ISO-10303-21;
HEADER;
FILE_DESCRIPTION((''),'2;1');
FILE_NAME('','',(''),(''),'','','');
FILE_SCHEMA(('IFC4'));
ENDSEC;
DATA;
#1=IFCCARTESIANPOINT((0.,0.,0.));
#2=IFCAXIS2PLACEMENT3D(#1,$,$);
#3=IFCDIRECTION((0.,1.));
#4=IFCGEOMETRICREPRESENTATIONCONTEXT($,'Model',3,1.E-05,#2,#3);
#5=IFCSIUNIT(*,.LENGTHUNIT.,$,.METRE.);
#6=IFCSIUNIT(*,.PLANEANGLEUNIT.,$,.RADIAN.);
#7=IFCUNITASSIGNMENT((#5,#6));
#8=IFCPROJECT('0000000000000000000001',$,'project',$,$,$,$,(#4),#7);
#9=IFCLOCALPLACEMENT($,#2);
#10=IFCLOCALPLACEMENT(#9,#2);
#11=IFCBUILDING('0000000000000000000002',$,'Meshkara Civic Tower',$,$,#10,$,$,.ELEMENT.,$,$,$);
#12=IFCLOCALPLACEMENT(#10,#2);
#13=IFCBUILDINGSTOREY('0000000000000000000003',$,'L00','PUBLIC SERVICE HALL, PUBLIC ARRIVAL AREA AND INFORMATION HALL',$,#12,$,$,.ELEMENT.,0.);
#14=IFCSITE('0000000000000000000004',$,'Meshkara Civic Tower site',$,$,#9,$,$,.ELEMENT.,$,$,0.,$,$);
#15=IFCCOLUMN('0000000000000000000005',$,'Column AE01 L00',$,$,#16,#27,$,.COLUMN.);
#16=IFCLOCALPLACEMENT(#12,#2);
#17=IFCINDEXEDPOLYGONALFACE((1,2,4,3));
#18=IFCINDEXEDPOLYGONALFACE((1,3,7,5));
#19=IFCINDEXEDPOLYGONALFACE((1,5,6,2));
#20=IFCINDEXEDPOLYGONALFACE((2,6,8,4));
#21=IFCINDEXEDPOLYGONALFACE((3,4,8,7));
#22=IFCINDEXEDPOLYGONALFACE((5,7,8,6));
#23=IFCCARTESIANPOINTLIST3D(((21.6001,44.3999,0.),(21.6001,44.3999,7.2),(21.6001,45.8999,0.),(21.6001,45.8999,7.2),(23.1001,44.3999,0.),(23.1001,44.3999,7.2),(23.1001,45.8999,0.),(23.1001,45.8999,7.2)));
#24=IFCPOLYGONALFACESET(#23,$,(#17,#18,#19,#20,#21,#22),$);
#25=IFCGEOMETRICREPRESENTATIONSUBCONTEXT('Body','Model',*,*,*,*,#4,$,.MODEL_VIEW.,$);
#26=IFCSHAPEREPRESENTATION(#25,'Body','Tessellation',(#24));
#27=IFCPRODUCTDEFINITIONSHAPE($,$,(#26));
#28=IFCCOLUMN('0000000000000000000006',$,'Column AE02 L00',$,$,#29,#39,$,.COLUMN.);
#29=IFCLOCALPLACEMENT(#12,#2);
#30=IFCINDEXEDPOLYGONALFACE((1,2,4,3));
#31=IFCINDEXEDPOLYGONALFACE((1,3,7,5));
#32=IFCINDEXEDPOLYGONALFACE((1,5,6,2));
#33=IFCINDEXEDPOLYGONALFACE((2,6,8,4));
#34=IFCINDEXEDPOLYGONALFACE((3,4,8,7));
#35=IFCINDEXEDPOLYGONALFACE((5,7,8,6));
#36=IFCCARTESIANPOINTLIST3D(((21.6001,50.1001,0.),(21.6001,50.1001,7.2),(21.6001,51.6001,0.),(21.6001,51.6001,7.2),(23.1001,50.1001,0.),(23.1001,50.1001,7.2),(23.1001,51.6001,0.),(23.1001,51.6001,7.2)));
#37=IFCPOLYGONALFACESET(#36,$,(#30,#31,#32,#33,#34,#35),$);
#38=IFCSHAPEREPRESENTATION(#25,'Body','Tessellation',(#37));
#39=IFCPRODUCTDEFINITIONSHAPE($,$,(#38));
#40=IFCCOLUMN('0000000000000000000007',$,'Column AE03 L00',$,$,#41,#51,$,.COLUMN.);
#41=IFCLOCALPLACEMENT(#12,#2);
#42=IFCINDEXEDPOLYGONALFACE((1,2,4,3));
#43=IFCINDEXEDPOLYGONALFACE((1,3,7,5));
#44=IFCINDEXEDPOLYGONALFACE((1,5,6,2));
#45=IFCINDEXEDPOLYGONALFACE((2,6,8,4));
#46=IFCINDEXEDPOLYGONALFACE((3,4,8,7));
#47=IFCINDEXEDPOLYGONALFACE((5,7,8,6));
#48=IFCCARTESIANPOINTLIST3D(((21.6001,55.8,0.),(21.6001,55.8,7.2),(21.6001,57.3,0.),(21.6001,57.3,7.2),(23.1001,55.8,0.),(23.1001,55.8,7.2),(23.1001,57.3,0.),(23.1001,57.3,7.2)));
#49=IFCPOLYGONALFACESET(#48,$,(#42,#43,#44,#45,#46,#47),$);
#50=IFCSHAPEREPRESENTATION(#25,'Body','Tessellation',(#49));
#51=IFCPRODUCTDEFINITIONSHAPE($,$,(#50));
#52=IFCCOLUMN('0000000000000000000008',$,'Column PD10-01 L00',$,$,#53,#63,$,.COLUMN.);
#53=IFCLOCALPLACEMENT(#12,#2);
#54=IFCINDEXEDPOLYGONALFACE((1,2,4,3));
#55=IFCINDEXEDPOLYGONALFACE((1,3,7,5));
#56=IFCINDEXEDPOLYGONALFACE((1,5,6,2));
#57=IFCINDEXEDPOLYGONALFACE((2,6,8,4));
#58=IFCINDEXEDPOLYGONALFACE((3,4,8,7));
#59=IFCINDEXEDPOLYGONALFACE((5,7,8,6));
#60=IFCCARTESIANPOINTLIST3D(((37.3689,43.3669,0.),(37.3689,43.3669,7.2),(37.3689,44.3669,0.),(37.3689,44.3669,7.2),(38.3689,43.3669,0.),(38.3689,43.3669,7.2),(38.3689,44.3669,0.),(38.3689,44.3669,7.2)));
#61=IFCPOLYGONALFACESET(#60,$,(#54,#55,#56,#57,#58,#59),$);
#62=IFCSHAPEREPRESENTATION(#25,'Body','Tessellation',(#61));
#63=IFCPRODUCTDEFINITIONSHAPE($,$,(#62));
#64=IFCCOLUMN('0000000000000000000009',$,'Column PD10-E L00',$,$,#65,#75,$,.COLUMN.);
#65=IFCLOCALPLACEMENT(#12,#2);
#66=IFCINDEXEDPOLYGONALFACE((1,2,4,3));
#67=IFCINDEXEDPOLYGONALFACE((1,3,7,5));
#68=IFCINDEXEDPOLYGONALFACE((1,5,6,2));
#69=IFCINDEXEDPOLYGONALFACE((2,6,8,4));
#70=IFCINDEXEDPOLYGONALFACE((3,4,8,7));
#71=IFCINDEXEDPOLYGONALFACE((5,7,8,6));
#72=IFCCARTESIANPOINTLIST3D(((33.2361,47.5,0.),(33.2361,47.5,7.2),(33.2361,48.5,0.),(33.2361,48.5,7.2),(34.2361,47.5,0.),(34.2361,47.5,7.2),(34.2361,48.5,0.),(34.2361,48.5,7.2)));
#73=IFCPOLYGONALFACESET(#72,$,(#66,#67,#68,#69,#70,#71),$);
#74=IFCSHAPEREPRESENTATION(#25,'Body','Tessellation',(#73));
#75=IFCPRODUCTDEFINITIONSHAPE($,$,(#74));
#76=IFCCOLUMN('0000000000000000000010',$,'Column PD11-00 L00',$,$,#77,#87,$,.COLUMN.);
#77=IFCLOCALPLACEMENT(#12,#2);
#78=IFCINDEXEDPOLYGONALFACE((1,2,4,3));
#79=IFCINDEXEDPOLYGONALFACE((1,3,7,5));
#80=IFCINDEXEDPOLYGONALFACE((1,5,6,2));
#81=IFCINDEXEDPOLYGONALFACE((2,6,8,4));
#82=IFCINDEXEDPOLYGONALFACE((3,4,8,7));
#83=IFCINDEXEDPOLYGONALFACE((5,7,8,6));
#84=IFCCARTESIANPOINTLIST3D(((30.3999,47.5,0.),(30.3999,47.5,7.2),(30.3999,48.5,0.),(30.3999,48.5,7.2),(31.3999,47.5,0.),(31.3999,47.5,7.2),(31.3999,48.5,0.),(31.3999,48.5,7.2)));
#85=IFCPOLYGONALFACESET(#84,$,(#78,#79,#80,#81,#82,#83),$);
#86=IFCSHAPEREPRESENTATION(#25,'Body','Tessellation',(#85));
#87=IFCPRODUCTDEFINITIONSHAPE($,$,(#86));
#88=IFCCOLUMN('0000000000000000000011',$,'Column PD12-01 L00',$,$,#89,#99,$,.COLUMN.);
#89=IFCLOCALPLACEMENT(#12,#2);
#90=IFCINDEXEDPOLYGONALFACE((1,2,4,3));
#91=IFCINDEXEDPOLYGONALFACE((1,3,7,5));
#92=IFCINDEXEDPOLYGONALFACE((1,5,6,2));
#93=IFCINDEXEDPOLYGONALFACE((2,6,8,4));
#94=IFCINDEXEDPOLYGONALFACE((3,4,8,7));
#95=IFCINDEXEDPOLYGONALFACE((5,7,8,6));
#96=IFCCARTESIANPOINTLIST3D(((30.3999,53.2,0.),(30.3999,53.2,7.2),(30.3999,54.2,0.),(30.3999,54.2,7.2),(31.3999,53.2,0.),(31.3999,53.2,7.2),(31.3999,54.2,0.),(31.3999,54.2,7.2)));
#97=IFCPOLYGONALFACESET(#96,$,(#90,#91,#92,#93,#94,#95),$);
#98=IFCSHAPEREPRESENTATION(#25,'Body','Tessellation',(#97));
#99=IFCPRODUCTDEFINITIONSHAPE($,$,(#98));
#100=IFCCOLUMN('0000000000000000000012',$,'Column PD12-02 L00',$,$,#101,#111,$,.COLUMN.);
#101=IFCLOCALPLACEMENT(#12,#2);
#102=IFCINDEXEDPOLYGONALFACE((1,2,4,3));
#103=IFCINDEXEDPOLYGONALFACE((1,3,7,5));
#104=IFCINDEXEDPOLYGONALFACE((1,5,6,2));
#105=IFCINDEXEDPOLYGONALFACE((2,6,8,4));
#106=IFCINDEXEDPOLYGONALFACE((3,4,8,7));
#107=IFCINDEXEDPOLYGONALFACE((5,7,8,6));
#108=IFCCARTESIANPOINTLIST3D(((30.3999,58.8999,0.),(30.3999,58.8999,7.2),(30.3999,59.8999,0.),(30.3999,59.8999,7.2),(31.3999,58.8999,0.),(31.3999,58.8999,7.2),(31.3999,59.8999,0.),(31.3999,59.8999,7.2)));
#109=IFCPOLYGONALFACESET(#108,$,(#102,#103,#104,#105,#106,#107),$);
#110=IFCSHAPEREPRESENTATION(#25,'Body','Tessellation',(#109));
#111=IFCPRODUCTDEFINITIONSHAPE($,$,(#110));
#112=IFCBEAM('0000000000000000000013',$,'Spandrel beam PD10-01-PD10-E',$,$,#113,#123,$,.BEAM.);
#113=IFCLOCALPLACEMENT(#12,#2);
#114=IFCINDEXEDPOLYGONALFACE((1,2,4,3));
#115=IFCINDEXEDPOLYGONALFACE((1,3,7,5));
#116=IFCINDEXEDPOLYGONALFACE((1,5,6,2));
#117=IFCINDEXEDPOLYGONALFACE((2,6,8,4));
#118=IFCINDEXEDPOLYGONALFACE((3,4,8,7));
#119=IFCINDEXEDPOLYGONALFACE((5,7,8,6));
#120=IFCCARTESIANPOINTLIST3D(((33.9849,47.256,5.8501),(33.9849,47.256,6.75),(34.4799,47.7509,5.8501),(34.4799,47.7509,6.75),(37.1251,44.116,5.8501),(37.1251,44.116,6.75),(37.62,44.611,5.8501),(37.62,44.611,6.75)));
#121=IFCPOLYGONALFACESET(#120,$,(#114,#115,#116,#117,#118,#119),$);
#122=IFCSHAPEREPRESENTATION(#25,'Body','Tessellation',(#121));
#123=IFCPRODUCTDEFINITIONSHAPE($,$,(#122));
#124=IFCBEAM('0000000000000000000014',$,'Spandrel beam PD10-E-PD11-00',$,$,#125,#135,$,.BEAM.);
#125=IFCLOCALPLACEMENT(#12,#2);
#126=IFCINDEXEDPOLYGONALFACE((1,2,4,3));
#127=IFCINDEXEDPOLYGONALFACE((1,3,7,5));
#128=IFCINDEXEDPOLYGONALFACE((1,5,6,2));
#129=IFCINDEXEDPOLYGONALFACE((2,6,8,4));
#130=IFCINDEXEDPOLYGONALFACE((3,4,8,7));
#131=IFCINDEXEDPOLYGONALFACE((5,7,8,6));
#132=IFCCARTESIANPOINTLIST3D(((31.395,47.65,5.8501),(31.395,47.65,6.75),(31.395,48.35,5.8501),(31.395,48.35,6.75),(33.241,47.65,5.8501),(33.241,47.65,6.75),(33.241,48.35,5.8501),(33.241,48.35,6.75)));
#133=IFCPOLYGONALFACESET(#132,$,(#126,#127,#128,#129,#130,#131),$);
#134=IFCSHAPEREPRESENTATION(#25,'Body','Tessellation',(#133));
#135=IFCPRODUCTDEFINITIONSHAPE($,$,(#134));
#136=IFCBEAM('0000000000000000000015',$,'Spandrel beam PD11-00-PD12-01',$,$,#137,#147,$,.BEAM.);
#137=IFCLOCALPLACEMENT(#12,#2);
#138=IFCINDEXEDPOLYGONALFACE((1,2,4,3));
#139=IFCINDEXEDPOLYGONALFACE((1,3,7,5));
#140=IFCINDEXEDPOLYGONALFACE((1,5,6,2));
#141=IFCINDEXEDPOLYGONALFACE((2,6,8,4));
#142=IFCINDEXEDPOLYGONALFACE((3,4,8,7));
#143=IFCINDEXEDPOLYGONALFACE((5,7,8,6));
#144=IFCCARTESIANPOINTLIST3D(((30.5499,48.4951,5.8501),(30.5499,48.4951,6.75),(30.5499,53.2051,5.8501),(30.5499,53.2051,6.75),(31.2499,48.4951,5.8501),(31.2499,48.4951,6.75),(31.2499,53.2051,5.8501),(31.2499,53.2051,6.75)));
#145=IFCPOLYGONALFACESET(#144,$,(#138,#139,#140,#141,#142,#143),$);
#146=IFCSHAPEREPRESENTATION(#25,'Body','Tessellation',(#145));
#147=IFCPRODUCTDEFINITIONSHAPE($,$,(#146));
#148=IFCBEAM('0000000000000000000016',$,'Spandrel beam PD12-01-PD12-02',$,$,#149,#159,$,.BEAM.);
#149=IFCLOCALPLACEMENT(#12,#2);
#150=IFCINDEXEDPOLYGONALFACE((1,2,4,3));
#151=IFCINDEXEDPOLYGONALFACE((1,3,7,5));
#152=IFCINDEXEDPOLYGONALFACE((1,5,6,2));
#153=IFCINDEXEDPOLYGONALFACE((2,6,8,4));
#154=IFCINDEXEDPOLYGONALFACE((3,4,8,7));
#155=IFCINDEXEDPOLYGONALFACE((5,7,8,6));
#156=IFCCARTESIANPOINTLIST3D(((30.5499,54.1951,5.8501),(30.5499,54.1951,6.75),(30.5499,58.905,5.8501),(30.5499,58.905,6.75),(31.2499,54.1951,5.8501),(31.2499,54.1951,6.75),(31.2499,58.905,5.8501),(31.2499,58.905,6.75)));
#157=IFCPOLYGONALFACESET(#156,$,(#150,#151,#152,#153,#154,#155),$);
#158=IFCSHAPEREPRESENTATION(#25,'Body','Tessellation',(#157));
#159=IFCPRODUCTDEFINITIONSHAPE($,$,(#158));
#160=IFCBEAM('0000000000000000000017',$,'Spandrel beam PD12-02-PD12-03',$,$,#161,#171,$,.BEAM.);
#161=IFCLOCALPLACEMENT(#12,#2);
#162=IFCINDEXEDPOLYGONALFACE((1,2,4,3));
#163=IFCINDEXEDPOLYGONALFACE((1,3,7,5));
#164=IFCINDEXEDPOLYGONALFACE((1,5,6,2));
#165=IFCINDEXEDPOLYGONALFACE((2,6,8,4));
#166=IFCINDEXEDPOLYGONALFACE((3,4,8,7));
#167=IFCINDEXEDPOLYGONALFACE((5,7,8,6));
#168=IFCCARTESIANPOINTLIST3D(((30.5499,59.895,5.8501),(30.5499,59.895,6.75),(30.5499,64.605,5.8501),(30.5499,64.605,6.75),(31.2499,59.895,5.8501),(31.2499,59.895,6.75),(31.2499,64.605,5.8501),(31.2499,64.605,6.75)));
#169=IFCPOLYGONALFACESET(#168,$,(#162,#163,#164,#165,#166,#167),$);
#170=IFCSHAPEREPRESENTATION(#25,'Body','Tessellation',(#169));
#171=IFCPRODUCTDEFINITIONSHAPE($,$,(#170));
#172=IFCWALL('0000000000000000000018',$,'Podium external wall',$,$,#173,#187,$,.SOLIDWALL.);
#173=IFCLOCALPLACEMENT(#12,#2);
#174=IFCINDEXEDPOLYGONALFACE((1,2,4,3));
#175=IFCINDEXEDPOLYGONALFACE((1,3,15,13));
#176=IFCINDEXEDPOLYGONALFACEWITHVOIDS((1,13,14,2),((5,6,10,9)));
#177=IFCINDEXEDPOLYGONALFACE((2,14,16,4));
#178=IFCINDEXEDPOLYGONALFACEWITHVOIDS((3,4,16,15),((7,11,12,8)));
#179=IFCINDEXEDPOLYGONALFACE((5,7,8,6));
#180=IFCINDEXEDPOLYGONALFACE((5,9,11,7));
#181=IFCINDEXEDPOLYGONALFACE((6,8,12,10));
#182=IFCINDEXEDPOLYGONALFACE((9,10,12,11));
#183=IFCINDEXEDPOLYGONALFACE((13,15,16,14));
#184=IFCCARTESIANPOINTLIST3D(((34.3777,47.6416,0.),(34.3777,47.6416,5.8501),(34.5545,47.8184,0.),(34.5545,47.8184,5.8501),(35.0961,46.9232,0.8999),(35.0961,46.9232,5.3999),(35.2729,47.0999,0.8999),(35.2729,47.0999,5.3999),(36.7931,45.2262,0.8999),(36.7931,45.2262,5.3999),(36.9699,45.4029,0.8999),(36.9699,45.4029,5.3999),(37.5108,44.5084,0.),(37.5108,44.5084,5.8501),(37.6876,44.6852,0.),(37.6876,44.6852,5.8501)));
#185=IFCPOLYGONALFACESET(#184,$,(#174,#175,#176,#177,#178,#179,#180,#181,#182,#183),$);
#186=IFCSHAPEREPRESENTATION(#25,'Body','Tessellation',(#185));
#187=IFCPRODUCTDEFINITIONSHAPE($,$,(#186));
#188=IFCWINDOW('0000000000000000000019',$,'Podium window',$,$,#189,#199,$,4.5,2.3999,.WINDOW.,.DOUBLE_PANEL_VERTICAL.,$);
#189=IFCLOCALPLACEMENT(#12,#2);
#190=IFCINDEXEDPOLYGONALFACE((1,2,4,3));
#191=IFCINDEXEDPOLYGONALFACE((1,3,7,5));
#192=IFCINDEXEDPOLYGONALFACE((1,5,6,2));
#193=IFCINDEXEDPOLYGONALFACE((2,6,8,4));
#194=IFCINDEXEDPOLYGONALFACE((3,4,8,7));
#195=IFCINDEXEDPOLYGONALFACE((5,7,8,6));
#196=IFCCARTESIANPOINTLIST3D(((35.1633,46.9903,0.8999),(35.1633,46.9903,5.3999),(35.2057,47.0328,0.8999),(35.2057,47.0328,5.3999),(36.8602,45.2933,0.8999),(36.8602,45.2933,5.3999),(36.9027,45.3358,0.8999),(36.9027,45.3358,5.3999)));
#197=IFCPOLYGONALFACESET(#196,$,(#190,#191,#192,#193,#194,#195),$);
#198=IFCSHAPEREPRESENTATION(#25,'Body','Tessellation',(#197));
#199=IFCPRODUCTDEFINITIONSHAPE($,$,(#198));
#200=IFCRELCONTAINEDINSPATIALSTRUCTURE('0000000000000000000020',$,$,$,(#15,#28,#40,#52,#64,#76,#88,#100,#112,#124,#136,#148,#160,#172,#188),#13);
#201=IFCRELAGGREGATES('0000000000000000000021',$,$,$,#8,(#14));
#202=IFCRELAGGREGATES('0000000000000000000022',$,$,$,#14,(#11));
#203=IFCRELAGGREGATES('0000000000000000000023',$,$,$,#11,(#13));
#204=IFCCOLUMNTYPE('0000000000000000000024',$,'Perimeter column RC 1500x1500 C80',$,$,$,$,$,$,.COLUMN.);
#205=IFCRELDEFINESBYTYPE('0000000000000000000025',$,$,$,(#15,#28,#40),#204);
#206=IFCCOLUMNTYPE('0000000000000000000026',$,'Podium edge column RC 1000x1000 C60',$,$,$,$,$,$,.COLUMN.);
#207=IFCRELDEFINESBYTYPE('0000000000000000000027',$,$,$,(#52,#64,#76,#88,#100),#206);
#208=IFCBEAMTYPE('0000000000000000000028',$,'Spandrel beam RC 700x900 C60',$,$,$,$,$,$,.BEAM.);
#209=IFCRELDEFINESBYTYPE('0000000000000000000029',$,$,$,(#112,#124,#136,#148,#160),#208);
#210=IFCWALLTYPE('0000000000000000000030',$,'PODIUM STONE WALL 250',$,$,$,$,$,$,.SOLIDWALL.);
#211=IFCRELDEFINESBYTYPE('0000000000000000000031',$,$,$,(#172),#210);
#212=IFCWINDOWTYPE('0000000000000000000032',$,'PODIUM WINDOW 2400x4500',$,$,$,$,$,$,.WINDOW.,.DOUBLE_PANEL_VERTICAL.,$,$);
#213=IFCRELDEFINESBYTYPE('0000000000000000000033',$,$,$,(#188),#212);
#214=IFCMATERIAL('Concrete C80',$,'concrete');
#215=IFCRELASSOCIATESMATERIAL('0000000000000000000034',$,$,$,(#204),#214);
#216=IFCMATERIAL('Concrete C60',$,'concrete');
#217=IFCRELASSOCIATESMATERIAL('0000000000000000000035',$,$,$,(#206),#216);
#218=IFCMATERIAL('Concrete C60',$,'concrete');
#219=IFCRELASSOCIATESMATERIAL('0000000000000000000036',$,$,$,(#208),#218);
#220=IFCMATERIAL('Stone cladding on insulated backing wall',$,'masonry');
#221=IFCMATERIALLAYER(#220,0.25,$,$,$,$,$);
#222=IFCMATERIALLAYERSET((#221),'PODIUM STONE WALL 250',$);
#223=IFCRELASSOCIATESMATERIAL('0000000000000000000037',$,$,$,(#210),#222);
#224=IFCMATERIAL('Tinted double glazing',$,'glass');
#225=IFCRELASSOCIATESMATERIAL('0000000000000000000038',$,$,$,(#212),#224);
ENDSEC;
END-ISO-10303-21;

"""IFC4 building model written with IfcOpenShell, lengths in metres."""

from ifc_helpers import new_model, si_unit, direction, frame, frame_2d, origin, origin_2d, place, context, subcontext, project, spatial, rectangle, extrude, material, layer, layer_set, material_profile, profile_set, type_object, element, fill, save


model = new_model("IFC4")

# Units and contexts
model_context = context("Model", 3, precision=1e-05, world=origin(), true_north=direction((0.0, 1.0)))
body_context = subcontext(model_context, "Body", "Model", "MODEL_VIEW")
ifc_project = project(units=[si_unit("LENGTHUNIT", "METRE"), si_unit("PLANEANGLEUNIT", "RADIAN")], contexts=[model_context])

# Site, building, storey
site_placement = place(None, origin())
site = spatial("IfcSite", under=ifc_project, at=site_placement, Name="Meshkara Civic Tower site", CompositionType="ELEMENT", RefElevation=0.0)
building_placement = place(site_placement, origin())
building = spatial("IfcBuilding", under=site, at=building_placement, Name="Meshkara Civic Tower", CompositionType="ELEMENT")
storey_placement = place(building_placement, origin())
storey = spatial("IfcBuildingStorey", under=building, at=storey_placement, Name="L00", Description="PUBLIC SERVICE HALL, PUBLIC ARRIVAL AREA AND INFORMATION HALL", CompositionType="ELEMENT", Elevation=0.0)

# Columns
ifc_material_1 = material(Name="Concrete C80", Category="concrete")
ifc_material_profile_1 = material_profile(ifc_material_1, rectangle(XDim=1.5, YDim=1.5, at=origin_2d()))
ifc_profile_set_1 = profile_set([ifc_material_profile_1], Name="Concrete C80")
column_type_1 = type_object("IfcColumnType", Name="Perimeter column RC 1500x1500 C80", PredefinedType="COLUMN", material=ifc_profile_set_1)
for number, where, z_axis, x_axis, name in (
    (1, (22.3501, 45.1499, 0.0), (0.0, 0.0, 1.0), (1.0, 0.0, 0.0), "Column AE01 L00"),
    (2, (22.3501, 50.8501, 0.0), (0.0, 0.0, 1.0), (1.0, 0.0, 0.0), "Column AE02 L00"),
    (3, (22.3501, 56.55, 0.0), (0.0, 0.0, 1.0), (1.0, 0.0, 0.0), "Column AE03 L00"),
):
    element("IfcColumn", number, at=place(storey_placement, frame(where, z_axis=z_axis, x_axis=x_axis)), inside=storey, type_object=column_type_1, Name=name, PredefinedType="COLUMN", context=body_context, shape_type="SweptSolid", body=[
        extrude(rectangle(XDim=1.5, YDim=1.5, at=origin_2d()), origin(), (0.0, 0.0, 1.0), 7.2),
    ])
ifc_material_2 = material(Name="Concrete C60", Category="concrete")
ifc_material_profile_2 = material_profile(ifc_material_2, rectangle(XDim=1.0, YDim=1.0, at=origin_2d()))
ifc_profile_set_2 = profile_set([ifc_material_profile_2], Name="Concrete C60")
column_type_2 = type_object("IfcColumnType", Name="Podium edge column RC 1000x1000 C60", PredefinedType="COLUMN", material=ifc_profile_set_2)
for number, where, z_axis, x_axis, name in (
    (4, (37.8689, 43.8669, 0.0), (0.0, 0.0, 1.0), (1.0, 0.0, 0.0), "Column PD10-01 L00"),
    (5, (33.7361, 48.0, 0.0), (0.0, 0.0, 1.0), (1.0, 0.0, 0.0), "Column PD10-E L00"),
    (6, (30.8999, 48.0, 0.0), (0.0, 0.0, 1.0), (1.0, 0.0, 0.0), "Column PD11-00 L00"),
    (7, (30.8999, 53.7, 0.0), (0.0, 0.0, 1.0), (1.0, 0.0, 0.0), "Column PD12-01 L00"),
    (8, (30.8999, 59.3999, 0.0), (0.0, 0.0, 1.0), (1.0, 0.0, 0.0), "Column PD12-02 L00"),
):
    element("IfcColumn", number, at=place(storey_placement, frame(where, z_axis=z_axis, x_axis=x_axis)), inside=storey, type_object=column_type_2, Name=name, PredefinedType="COLUMN", context=body_context, shape_type="SweptSolid", body=[
        extrude(rectangle(XDim=1.0, YDim=1.0, at=origin_2d()), origin(), (0.0, 0.0, 1.0), 7.2),
    ])

# Beams
ifc_material_3 = material(Name="Concrete C60", Category="concrete")
ifc_material_profile_3 = material_profile(ifc_material_3, rectangle(XDim=0.7, YDim=0.8999, at=origin_2d()))
ifc_profile_set_3 = profile_set([ifc_material_profile_3], Name="Concrete C60")
beam_type = type_object("IfcBeamType", Name="Spandrel beam RC 700x900 C60", PredefinedType="BEAM", material=ifc_profile_set_3)
beam_1_placement = place(storey_placement, frame((37.3726, 44.3635, 6.3), z_axis=(-0.707134, 0.707079, 0.0), x_axis=(-0.707079, -0.707134, 0.0)))
element("IfcBeam", 9, at=beam_1_placement, inside=storey, type_object=beam_type, Name="Spandrel beam PD10-01-PD10-E", PredefinedType="BEAM", context=body_context, shape_type="SweptSolid", body=[
    extrude(rectangle(XDim=0.7, YDim=0.8999, at=origin_2d()), origin(), (0.0, 0.0, 1.0), 4.4407),
])
beam_2_placement = place(storey_placement, frame((33.241, 48.0, 6.3), z_axis=(-1.0, 0.0, 0.0), x_axis=(0.0, -1.0, 0.0)))
element("IfcBeam", 10, at=beam_2_placement, inside=storey, type_object=beam_type, Name="Spandrel beam PD10-E-PD11-00", PredefinedType="BEAM", context=body_context, shape_type="SweptSolid", body=[
    extrude(rectangle(XDim=0.7, YDim=0.8999, at=origin_2d()), origin(), (0.0, 0.0, 1.0), 1.8459),
])
for number, where, z_axis, x_axis, name in (
    (11, (30.8999, 48.4951, 6.3), (0.0, 1.0, 0.0), (-1.0, 0.0, 0.0), "Spandrel beam PD11-00-PD12-01"),
    (12, (30.8999, 54.1951, 6.3), (0.0, 1.0, 0.0), (-1.0, 0.0, 0.0), "Spandrel beam PD12-01-PD12-02"),
    (13, (30.8999, 59.895, 6.3), (0.0, 1.0, 0.0), (-1.0, 0.0, 0.0), "Spandrel beam PD12-02-PD12-03"),
):
    element("IfcBeam", number, at=place(storey_placement, frame(where, z_axis=z_axis, x_axis=x_axis)), inside=storey, type_object=beam_type, Name=name, PredefinedType="BEAM", context=body_context, shape_type="SweptSolid", body=[
        extrude(rectangle(XDim=0.7, YDim=0.8999, at=origin_2d()), origin(), (0.0, 0.0, 1.0), 4.71),
    ])

# Wall, opening, window
ifc_material_4 = material(Name="Stone cladding on insulated backing wall", Category="masonry")
ifc_layer_1 = layer(ifc_material_4, 0.25)
ifc_layer_set_1 = layer_set([ifc_layer_1], Name="PODIUM STONE WALL 250")
wall_type_1 = type_object("IfcWallType", Name="PODIUM STONE WALL 250", PredefinedType="SOLIDWALL", material=ifc_layer_set_1)
wall_1_placement = place(storey_placement, frame((37.5991, 44.5969, 0.0), z_axis=(0.0, 0.0, 1.0), x_axis=(-0.707107, 0.707107, 0.0)))
wall_1 = element("IfcWall", 14, at=wall_1_placement, inside=storey, type_object=wall_type_1, Name="Podium external wall", PredefinedType="SOLIDWALL", context=body_context, shape_type="SweptSolid", body=[
    extrude(rectangle(XDim=4.4309, YDim=0.25, at=frame_2d((2.2153, 0.0))), origin(), (0.0, 0.0, 1.0), 5.8501),
])
opening_1_placement = place(wall_1_placement, frame((1.0149, 0.0, 0.8999)))
opening_1 = element("IfcOpeningElement", 15, at=opening_1_placement, cuts=wall_1, PredefinedType="OPENING", context=body_context, shape_type="SweptSolid", body=[
    extrude(rectangle(XDim=2.3999, YDim=4.5, at=frame_2d((1.2, 2.25))), frame((0.0, 0.135, 0.0), z_axis=(0.0, -1.0, 0.0), x_axis=(1.0, 0.0, 0.0)), (0.0, 0.0, 1.0), 0.27),
])
ifc_material_5 = material(Name="Tinted double glazing", Category="glass")
window_type = type_object("IfcWindowType", Name="PODIUM WINDOW 2400x4500", PartitioningType="DOUBLE_PANEL_VERTICAL", PredefinedType="WINDOW", material=ifc_material_5)
window_1_placement = place(opening_1_placement, origin())
window_1 = element("IfcWindow", 16, at=window_1_placement, inside=storey, type_object=window_type, Name="Podium window", OverallHeight=4.5, OverallWidth=2.3999, PartitioningType="DOUBLE_PANEL_VERTICAL", PredefinedType="WINDOW", context=body_context, shape_type="SweptSolid", body=[
    extrude(rectangle(XDim=2.3999, YDim=4.5, at=frame_2d((1.2, 2.25))), frame((0.0, 0.03, 0.0), z_axis=(0.0, -1.0, 0.0), x_axis=(1.0, 0.0, 0.0)), (0.0, 0.0, 1.0), 0.0601),
])
fill(opening_1, window_1)

save(model, "model.ifc")
